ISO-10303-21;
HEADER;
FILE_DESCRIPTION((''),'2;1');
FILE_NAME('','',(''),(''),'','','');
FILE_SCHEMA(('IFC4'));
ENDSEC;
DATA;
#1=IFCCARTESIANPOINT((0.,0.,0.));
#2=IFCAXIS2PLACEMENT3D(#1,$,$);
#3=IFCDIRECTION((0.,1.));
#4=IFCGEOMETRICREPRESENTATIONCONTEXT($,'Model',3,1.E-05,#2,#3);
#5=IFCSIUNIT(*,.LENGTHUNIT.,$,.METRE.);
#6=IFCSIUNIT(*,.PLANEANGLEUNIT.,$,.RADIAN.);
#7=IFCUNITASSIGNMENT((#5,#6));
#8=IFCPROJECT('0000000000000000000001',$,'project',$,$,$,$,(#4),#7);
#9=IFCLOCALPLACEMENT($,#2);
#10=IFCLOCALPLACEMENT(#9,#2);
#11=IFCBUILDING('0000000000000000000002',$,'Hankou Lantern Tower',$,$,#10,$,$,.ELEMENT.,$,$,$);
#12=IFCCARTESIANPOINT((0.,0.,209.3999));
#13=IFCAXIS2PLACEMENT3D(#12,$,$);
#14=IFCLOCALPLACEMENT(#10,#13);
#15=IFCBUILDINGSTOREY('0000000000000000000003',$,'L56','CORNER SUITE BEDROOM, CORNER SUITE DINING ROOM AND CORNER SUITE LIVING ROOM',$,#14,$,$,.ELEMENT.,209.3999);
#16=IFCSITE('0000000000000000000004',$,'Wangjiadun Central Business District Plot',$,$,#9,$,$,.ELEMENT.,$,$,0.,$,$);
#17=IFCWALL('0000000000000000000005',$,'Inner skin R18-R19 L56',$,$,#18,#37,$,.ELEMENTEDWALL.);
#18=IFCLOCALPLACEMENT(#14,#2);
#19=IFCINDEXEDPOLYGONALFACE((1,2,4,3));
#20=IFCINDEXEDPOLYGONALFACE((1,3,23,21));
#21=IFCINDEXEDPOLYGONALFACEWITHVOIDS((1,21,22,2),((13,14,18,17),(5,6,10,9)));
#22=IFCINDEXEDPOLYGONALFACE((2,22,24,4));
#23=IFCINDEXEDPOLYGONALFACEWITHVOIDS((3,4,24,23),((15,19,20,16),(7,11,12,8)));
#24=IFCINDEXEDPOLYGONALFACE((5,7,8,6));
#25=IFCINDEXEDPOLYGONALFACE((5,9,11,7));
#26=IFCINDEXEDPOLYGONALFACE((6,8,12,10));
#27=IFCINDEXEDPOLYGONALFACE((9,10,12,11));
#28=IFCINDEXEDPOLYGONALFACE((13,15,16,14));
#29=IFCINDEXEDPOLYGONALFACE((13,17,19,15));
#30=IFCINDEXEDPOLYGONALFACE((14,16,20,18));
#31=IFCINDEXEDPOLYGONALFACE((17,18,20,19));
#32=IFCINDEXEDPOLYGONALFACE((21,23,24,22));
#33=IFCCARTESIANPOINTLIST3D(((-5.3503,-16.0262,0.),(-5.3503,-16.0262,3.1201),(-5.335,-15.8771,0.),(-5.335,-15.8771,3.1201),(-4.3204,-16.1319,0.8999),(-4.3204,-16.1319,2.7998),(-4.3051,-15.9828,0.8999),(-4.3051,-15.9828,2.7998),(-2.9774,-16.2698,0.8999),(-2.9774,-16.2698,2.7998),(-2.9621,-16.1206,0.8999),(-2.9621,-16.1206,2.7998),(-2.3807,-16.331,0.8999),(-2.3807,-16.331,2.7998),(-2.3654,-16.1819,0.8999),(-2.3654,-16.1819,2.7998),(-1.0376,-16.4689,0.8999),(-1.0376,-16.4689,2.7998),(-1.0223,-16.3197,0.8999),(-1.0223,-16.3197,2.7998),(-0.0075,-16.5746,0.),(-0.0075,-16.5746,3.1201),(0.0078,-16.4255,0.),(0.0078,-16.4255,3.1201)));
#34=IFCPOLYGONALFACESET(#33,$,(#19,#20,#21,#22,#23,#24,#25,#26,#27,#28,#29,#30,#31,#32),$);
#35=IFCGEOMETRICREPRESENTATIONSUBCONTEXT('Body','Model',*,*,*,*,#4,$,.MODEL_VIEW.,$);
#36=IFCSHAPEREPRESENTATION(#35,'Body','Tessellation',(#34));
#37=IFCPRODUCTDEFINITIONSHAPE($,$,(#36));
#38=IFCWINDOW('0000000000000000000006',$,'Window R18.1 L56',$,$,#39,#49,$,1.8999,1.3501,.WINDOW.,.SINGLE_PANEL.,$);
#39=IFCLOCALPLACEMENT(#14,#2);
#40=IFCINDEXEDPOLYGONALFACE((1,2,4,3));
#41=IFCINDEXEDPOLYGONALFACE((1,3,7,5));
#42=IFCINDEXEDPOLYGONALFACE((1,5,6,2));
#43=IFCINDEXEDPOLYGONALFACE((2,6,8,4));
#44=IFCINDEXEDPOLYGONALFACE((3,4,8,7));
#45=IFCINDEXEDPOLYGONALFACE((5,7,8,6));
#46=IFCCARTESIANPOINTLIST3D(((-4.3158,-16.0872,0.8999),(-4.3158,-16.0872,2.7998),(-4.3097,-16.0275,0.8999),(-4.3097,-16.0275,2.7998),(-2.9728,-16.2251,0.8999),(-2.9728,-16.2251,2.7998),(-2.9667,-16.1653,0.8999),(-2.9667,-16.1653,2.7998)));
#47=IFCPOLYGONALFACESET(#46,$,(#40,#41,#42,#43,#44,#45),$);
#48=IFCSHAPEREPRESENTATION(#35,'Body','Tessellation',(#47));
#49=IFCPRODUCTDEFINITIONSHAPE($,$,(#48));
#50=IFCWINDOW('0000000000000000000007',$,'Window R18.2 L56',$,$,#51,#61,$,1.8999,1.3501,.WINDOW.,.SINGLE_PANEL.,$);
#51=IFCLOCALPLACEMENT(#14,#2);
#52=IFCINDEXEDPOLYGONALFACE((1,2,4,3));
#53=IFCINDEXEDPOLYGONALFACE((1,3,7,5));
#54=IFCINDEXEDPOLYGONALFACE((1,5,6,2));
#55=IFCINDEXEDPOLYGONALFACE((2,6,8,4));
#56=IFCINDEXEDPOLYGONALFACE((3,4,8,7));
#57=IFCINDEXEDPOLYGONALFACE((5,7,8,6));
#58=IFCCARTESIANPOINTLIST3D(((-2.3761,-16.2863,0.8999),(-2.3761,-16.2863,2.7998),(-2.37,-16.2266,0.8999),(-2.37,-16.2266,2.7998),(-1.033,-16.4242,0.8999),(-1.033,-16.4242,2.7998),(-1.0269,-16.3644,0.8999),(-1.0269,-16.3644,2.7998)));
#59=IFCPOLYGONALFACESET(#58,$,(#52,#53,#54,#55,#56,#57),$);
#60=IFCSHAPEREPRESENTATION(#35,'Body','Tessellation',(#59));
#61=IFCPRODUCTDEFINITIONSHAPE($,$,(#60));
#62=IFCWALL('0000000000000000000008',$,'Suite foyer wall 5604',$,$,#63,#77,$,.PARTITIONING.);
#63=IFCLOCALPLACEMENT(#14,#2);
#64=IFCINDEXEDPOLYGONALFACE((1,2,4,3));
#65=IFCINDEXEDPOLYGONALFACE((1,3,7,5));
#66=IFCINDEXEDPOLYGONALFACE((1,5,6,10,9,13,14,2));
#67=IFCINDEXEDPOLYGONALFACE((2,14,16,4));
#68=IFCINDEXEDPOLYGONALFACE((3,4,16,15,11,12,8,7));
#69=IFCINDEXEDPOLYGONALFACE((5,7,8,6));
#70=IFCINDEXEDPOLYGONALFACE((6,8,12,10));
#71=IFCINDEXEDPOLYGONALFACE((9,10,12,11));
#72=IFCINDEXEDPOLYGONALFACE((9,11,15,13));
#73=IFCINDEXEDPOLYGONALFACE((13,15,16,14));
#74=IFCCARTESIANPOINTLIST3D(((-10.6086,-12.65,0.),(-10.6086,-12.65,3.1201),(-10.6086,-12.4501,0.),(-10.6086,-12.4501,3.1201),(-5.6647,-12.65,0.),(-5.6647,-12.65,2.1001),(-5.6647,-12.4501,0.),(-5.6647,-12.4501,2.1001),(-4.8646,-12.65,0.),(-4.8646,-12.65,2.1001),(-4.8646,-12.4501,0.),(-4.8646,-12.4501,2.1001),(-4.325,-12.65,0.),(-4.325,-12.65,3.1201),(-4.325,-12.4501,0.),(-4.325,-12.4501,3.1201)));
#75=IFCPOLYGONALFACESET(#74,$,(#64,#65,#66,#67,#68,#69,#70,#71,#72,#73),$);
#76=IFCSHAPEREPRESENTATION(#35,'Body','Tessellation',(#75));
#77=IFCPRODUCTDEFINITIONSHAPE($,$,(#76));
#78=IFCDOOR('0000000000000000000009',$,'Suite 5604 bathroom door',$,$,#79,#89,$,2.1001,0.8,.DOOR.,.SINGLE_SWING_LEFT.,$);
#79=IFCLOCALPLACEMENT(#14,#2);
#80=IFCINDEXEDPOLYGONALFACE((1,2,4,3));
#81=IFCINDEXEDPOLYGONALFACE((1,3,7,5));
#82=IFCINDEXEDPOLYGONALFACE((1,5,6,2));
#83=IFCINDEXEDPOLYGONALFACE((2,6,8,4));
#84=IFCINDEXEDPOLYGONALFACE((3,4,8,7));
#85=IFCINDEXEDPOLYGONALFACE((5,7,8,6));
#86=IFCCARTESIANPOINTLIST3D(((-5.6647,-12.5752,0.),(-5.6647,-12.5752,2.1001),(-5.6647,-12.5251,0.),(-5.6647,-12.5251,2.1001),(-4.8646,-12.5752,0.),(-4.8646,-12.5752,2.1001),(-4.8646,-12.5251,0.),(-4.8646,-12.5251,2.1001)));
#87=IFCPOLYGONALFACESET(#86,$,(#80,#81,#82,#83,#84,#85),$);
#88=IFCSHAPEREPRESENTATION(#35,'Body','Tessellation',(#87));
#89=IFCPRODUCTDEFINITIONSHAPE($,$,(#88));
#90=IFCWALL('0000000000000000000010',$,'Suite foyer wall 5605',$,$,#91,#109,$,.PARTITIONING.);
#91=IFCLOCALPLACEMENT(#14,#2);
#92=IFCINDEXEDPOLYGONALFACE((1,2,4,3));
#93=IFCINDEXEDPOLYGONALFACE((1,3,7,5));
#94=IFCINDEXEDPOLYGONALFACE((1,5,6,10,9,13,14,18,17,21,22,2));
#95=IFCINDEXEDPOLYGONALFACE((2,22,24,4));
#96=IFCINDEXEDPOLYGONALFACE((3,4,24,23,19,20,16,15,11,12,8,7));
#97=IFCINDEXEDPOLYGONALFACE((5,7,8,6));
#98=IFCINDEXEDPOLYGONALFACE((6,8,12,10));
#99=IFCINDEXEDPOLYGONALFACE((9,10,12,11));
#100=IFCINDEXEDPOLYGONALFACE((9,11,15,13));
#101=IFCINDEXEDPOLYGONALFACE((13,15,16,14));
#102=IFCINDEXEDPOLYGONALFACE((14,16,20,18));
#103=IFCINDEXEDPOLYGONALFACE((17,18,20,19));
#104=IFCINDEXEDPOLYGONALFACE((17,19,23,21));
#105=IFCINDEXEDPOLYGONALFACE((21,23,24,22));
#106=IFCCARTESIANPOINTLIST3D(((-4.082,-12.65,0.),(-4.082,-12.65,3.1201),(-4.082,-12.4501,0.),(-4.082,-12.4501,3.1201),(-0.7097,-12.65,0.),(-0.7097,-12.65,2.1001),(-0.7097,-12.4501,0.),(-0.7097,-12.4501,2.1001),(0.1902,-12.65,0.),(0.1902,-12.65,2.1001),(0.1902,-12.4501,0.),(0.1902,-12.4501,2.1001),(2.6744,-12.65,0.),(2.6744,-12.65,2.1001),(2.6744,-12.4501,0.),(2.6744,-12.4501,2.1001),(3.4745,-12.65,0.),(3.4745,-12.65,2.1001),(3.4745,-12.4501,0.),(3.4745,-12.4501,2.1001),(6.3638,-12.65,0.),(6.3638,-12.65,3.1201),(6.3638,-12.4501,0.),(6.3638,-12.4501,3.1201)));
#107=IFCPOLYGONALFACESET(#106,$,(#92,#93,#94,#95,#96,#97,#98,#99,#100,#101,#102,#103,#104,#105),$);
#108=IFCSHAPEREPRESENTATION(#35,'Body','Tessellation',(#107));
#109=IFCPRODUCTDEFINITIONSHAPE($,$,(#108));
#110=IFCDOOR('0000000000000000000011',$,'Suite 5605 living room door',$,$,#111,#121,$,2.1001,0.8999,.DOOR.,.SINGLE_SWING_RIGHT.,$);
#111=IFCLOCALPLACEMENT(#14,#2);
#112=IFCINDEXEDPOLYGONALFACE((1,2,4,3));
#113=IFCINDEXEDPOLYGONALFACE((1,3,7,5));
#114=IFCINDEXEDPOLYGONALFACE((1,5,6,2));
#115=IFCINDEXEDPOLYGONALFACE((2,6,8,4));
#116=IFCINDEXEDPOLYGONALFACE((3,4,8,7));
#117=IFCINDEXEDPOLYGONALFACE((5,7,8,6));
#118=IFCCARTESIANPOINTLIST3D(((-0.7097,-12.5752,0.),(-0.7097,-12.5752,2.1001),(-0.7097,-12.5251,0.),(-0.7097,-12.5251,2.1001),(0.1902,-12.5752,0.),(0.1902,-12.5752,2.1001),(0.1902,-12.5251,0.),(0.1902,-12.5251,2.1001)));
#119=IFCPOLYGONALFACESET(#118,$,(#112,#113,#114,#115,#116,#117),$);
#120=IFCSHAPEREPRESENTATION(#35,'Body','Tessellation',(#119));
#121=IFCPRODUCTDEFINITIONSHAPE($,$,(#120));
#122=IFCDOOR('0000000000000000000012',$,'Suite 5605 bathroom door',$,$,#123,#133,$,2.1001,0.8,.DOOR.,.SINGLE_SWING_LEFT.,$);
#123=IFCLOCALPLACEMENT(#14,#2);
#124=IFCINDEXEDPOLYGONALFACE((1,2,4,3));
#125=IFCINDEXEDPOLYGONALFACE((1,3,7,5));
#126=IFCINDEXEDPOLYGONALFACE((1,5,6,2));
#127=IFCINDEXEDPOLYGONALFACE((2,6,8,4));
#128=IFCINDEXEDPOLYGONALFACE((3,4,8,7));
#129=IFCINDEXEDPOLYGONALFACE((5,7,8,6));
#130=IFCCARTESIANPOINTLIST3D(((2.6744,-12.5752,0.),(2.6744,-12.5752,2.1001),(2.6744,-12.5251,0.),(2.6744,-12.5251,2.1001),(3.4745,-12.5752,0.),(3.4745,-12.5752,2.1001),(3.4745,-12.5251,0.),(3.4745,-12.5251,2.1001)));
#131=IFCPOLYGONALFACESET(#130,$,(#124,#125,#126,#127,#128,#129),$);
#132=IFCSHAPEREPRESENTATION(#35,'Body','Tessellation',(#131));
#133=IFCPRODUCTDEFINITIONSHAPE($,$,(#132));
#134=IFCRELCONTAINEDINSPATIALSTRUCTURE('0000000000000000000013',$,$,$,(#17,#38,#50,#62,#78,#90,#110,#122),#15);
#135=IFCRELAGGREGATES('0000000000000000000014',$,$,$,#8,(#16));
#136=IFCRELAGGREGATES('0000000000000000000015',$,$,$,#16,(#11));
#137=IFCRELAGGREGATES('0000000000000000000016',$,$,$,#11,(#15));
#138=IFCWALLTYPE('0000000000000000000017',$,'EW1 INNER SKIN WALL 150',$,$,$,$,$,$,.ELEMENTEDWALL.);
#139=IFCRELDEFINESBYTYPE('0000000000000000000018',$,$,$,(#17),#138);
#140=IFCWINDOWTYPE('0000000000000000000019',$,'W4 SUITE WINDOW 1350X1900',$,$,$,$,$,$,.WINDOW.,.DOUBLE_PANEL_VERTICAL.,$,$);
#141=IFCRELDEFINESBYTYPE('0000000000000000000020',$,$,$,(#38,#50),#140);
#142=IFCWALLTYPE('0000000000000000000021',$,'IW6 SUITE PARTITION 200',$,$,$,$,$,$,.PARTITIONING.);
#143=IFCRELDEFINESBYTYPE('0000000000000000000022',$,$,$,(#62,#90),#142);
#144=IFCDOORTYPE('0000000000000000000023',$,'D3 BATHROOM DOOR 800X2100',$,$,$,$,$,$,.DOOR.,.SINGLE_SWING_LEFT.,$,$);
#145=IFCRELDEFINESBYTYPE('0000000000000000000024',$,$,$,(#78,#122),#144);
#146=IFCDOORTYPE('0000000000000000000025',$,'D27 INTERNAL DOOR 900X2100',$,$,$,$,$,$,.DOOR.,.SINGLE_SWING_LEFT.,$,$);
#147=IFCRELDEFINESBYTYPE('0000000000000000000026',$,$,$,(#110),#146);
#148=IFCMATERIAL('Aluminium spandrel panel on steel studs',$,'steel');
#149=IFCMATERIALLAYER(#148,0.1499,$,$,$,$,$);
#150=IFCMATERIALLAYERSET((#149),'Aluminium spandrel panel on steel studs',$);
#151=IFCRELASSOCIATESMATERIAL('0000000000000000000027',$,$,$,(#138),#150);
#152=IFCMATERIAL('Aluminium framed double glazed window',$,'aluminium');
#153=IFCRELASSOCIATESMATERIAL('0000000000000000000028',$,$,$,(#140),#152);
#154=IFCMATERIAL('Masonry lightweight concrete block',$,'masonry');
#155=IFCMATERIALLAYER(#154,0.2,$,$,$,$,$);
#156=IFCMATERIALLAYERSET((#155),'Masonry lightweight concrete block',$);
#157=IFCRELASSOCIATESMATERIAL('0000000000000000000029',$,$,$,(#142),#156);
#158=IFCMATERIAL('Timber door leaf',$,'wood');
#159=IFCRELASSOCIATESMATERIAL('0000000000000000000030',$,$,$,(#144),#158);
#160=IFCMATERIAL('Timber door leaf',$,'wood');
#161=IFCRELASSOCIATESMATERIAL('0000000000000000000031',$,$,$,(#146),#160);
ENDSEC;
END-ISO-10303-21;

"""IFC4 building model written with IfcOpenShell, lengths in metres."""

from ifc_helpers import new_model, si_unit, direction, frame, frame_2d, origin, place, context, subcontext, project, spatial, rectangle, extrude, material, layer, layer_set, type_object, element, fill, save


model = new_model("IFC4")

# Units and contexts
model_context = context("Model", 3, precision=1e-05, world=origin(), true_north=direction((0.0, 1.0)))
body_context = subcontext(model_context, "Body", "Model", "MODEL_VIEW")
ifc_project = project(units=[si_unit("LENGTHUNIT", "METRE"), si_unit("PLANEANGLEUNIT", "RADIAN")], contexts=[model_context])

# Site, building, storey
site_placement = place(None, origin())
site = spatial("IfcSite", under=ifc_project, at=site_placement, Name="Wangjiadun Central Business District Plot", CompositionType="ELEMENT", RefElevation=0.0)
building_placement = place(site_placement, origin())
building = spatial("IfcBuilding", under=site, at=building_placement, Name="Hankou Lantern Tower", CompositionType="ELEMENT")
storey_placement = place(building_placement, frame((0.0, 0.0, 209.3999)))
storey = spatial("IfcBuildingStorey", under=building, at=storey_placement, Name="L56", Description="CORNER SUITE BEDROOM, CORNER SUITE DINING ROOM AND CORNER SUITE LIVING ROOM", CompositionType="ELEMENT", Elevation=209.3999)

# Wall, openings, windows
ifc_material_1 = material(Name="Aluminium spandrel panel on steel studs", Category="steel")
ifc_layer_1 = layer(ifc_material_1, 0.1499)
ifc_layer_set_1 = layer_set([ifc_layer_1], Name="Aluminium spandrel panel on steel studs")
wall_type_1 = type_object("IfcWallType", Name="EW1 INNER SKIN WALL 150", PredefinedType="ELEMENTEDWALL", material=ifc_layer_set_1)
ifc_material_2 = material(Name="Aluminium framed double glazed window", Category="aluminium")
window_type = type_object("IfcWindowType", Name="W4 SUITE WINDOW 1350X1900", PartitioningType="DOUBLE_PANEL_VERTICAL", PredefinedType="WINDOW", material=ifc_material_2)
wall_1_placement = place(storey_placement, frame((-5.3428, -15.9517, 0.0), z_axis=(0.0, 0.0, 1.0), x_axis=(0.994775, -0.102096, 0.0)))
wall_1 = element("IfcWall", 1, at=wall_1_placement, inside=storey, type_object=wall_type_1, Name="Inner skin R18-R19 L56", PredefinedType="ELEMENTEDWALL", context=body_context, shape_type="SweptSolid", body=[
    extrude(rectangle(XDim=5.3708, YDim=0.1499, at=frame_2d((2.6855, 0.0))), origin(), (0.0, 0.0, 1.0), 3.1201),
])
opening_1_placement = place(wall_1_placement, frame((1.0354, 0.0, 0.8999)))
opening_1 = element("IfcOpeningElement", 2, at=opening_1_placement, cuts=wall_1, PredefinedType="OPENING", context=body_context, shape_type="SweptSolid", body=[
    extrude(rectangle(XDim=1.3501, YDim=1.8999, at=frame_2d((0.675, 0.95))), frame((0.0, 0.085, 0.0), z_axis=(0.0, -1.0, 0.0), x_axis=(1.0, 0.0, 0.0)), (0.0, 0.0, 1.0), 0.1699),
])
opening_2_placement = place(wall_1_placement, frame((2.9854, 0.0, 0.8999)))
opening_2 = element("IfcOpeningElement", 3, at=opening_2_placement, cuts=wall_1, PredefinedType="OPENING", context=body_context, shape_type="SweptSolid", body=[
    extrude(rectangle(XDim=1.3501, YDim=1.8999, at=frame_2d((0.675, 0.95))), frame((0.0, 0.085, 0.0), z_axis=(0.0, -1.0, 0.0), x_axis=(1.0, 0.0, 0.0)), (0.0, 0.0, 1.0), 0.1699),
])
window_1_placement = place(opening_1_placement, origin())
window_1 = element("IfcWindow", 4, at=window_1_placement, inside=storey, type_object=window_type, Name="Window R18.1 L56", OverallHeight=1.8999, OverallWidth=1.3501, PartitioningType="SINGLE_PANEL", PredefinedType="WINDOW", context=body_context, shape_type="SweptSolid", body=[
    extrude(rectangle(XDim=1.3501, YDim=1.8999, at=frame_2d((0.675, 0.95))), frame((0.0, 0.03, 0.0), z_axis=(0.0, -1.0, 0.0), x_axis=(1.0, 0.0, 0.0)), (0.0, 0.0, 1.0), 0.0601),
])
fill(opening_1, window_1)
window_2_placement = place(opening_2_placement, origin())
window_2 = element("IfcWindow", 5, at=window_2_placement, inside=storey, type_object=window_type, Name="Window R18.2 L56", OverallHeight=1.8999, OverallWidth=1.3501, PartitioningType="SINGLE_PANEL", PredefinedType="WINDOW", context=body_context, shape_type="SweptSolid", body=[
    extrude(rectangle(XDim=1.3501, YDim=1.8999, at=frame_2d((0.675, 0.95))), frame((0.0, 0.03, 0.0), z_axis=(0.0, -1.0, 0.0), x_axis=(1.0, 0.0, 0.0)), (0.0, 0.0, 1.0), 0.0601),
])
fill(opening_2, window_2)

# Wall, opening, door
ifc_material_3 = material(Name="Masonry lightweight concrete block", Category="masonry")
ifc_layer_2 = layer(ifc_material_3, 0.2)
ifc_layer_set_2 = layer_set([ifc_layer_2], Name="Masonry lightweight concrete block")
wall_type_2 = type_object("IfcWallType", Name="IW6 SUITE PARTITION 200", PredefinedType="PARTITIONING", material=ifc_layer_set_2)
wall_2_placement = place(storey_placement, frame((-10.6086, -12.55, 0.0), z_axis=(0.0, 0.0, 1.0), x_axis=(1.0, 0.0, 0.0)))
wall_2 = element("IfcWall", 6, at=wall_2_placement, inside=storey, type_object=wall_type_2, Name="Suite foyer wall 5604", PredefinedType="PARTITIONING", context=body_context, shape_type="SweptSolid", body=[
    extrude(rectangle(XDim=6.2837, YDim=0.2, at=frame_2d((3.1418, 0.0))), origin(), (0.0, 0.0, 1.0), 3.1201),
])
opening_3_placement = place(wall_2_placement, frame((4.9441, 0.0, 0.0)))
opening_3 = element("IfcOpeningElement", 7, at=opening_3_placement, cuts=wall_2, PredefinedType="OPENING", context=body_context, shape_type="SweptSolid", body=[
    extrude(rectangle(XDim=0.8, YDim=2.1001, at=frame_2d((0.3999, 1.05))), frame((0.0, 0.1099, 0.0), z_axis=(0.0, -1.0, 0.0), x_axis=(1.0, 0.0, 0.0)), (0.0, 0.0, 1.0), 0.22),
])
ifc_material_4 = material(Name="Timber door leaf", Category="wood")
door_type_1 = type_object("IfcDoorType", Name="D3 BATHROOM DOOR 800X2100", OperationType="SINGLE_SWING_LEFT", PredefinedType="DOOR", material=ifc_material_4)
door_1_placement = place(opening_3_placement, origin())
door_1 = element("IfcDoor", 8, at=door_1_placement, inside=storey, type_object=door_type_1, Name="Suite 5604 bathroom door", OperationType="SINGLE_SWING_LEFT", OverallHeight=2.1001, OverallWidth=0.8, PredefinedType="DOOR", context=body_context, shape_type="SweptSolid", body=[
    extrude(rectangle(XDim=0.8, YDim=2.1001, at=frame_2d((0.3999, 1.05))), frame((0.0, 0.0249, 0.0), z_axis=(0.0, -1.0, 0.0), x_axis=(1.0, 0.0, 0.0)), (0.0, 0.0, 1.0), 0.05),
])
fill(opening_3, door_1)

# Wall, openings, doors
wall_3_placement = place(storey_placement, frame((-4.082, -12.55, 0.0), z_axis=(0.0, 0.0, 1.0), x_axis=(1.0, 0.0, 0.0)))
wall_3 = element("IfcWall", 9, at=wall_3_placement, inside=storey, type_object=wall_type_2, Name="Suite foyer wall 5605", PredefinedType="PARTITIONING", context=body_context, shape_type="SweptSolid", body=[
    extrude(rectangle(XDim=10.4458, YDim=0.2, at=frame_2d((5.2229, 0.0))), origin(), (0.0, 0.0, 1.0), 3.1201),
])
opening_4_placement = place(wall_3_placement, frame((6.7566, 0.0, 0.0)))
opening_4 = element("IfcOpeningElement", 10, at=opening_4_placement, cuts=wall_3, PredefinedType="OPENING", context=body_context, shape_type="SweptSolid", body=[
    extrude(rectangle(XDim=0.8, YDim=2.1001, at=frame_2d((0.3999, 1.05))), frame((0.0, 0.1099, 0.0), z_axis=(0.0, -1.0, 0.0), x_axis=(1.0, 0.0, 0.0)), (0.0, 0.0, 1.0), 0.22),
])
opening_5_placement = place(wall_3_placement, frame((3.3723, 0.0, 0.0)))
opening_5 = element("IfcOpeningElement", 11, at=opening_5_placement, cuts=wall_3, PredefinedType="OPENING", context=body_context, shape_type="SweptSolid", body=[
    extrude(rectangle(XDim=0.8999, YDim=2.1001, at=frame_2d((0.45, 1.05))), frame((0.0, 0.1099, 0.0), z_axis=(0.0, -1.0, 0.0), x_axis=(1.0, 0.0, 0.0)), (0.0, 0.0, 1.0), 0.22),
])
ifc_material_5 = material(Name="Timber door leaf", Category="wood")
door_type_2 = type_object("IfcDoorType", Name="D27 INTERNAL DOOR 900X2100", OperationType="SINGLE_SWING_LEFT", PredefinedType="DOOR", material=ifc_material_5)
door_2_placement = place(opening_5_placement, origin())
door_2 = element("IfcDoor", 12, at=door_2_placement, inside=storey, type_object=door_type_2, Name="Suite 5605 living room door", OperationType="SINGLE_SWING_RIGHT", OverallHeight=2.1001, OverallWidth=0.8999, PredefinedType="DOOR", context=body_context, shape_type="SweptSolid", body=[
    extrude(rectangle(XDim=0.8999, YDim=2.1001, at=frame_2d((0.45, 1.05))), frame((0.0, 0.0249, 0.0), z_axis=(0.0, -1.0, 0.0), x_axis=(1.0, 0.0, 0.0)), (0.0, 0.0, 1.0), 0.05),
])
fill(opening_5, door_2)
door_3_placement = place(opening_4_placement, origin())
door_3 = element("IfcDoor", 13, at=door_3_placement, inside=storey, type_object=door_type_1, Name="Suite 5605 bathroom door", OperationType="SINGLE_SWING_LEFT", OverallHeight=2.1001, OverallWidth=0.8, PredefinedType="DOOR", context=body_context, shape_type="SweptSolid", body=[
    extrude(rectangle(XDim=0.8, YDim=2.1001, at=frame_2d((0.3999, 1.05))), frame((0.0, 0.0249, 0.0), z_axis=(0.0, -1.0, 0.0), x_axis=(1.0, 0.0, 0.0)), (0.0, 0.0, 1.0), 0.05),
])
fill(opening_4, door_3)

save(model, "model.ifc")
